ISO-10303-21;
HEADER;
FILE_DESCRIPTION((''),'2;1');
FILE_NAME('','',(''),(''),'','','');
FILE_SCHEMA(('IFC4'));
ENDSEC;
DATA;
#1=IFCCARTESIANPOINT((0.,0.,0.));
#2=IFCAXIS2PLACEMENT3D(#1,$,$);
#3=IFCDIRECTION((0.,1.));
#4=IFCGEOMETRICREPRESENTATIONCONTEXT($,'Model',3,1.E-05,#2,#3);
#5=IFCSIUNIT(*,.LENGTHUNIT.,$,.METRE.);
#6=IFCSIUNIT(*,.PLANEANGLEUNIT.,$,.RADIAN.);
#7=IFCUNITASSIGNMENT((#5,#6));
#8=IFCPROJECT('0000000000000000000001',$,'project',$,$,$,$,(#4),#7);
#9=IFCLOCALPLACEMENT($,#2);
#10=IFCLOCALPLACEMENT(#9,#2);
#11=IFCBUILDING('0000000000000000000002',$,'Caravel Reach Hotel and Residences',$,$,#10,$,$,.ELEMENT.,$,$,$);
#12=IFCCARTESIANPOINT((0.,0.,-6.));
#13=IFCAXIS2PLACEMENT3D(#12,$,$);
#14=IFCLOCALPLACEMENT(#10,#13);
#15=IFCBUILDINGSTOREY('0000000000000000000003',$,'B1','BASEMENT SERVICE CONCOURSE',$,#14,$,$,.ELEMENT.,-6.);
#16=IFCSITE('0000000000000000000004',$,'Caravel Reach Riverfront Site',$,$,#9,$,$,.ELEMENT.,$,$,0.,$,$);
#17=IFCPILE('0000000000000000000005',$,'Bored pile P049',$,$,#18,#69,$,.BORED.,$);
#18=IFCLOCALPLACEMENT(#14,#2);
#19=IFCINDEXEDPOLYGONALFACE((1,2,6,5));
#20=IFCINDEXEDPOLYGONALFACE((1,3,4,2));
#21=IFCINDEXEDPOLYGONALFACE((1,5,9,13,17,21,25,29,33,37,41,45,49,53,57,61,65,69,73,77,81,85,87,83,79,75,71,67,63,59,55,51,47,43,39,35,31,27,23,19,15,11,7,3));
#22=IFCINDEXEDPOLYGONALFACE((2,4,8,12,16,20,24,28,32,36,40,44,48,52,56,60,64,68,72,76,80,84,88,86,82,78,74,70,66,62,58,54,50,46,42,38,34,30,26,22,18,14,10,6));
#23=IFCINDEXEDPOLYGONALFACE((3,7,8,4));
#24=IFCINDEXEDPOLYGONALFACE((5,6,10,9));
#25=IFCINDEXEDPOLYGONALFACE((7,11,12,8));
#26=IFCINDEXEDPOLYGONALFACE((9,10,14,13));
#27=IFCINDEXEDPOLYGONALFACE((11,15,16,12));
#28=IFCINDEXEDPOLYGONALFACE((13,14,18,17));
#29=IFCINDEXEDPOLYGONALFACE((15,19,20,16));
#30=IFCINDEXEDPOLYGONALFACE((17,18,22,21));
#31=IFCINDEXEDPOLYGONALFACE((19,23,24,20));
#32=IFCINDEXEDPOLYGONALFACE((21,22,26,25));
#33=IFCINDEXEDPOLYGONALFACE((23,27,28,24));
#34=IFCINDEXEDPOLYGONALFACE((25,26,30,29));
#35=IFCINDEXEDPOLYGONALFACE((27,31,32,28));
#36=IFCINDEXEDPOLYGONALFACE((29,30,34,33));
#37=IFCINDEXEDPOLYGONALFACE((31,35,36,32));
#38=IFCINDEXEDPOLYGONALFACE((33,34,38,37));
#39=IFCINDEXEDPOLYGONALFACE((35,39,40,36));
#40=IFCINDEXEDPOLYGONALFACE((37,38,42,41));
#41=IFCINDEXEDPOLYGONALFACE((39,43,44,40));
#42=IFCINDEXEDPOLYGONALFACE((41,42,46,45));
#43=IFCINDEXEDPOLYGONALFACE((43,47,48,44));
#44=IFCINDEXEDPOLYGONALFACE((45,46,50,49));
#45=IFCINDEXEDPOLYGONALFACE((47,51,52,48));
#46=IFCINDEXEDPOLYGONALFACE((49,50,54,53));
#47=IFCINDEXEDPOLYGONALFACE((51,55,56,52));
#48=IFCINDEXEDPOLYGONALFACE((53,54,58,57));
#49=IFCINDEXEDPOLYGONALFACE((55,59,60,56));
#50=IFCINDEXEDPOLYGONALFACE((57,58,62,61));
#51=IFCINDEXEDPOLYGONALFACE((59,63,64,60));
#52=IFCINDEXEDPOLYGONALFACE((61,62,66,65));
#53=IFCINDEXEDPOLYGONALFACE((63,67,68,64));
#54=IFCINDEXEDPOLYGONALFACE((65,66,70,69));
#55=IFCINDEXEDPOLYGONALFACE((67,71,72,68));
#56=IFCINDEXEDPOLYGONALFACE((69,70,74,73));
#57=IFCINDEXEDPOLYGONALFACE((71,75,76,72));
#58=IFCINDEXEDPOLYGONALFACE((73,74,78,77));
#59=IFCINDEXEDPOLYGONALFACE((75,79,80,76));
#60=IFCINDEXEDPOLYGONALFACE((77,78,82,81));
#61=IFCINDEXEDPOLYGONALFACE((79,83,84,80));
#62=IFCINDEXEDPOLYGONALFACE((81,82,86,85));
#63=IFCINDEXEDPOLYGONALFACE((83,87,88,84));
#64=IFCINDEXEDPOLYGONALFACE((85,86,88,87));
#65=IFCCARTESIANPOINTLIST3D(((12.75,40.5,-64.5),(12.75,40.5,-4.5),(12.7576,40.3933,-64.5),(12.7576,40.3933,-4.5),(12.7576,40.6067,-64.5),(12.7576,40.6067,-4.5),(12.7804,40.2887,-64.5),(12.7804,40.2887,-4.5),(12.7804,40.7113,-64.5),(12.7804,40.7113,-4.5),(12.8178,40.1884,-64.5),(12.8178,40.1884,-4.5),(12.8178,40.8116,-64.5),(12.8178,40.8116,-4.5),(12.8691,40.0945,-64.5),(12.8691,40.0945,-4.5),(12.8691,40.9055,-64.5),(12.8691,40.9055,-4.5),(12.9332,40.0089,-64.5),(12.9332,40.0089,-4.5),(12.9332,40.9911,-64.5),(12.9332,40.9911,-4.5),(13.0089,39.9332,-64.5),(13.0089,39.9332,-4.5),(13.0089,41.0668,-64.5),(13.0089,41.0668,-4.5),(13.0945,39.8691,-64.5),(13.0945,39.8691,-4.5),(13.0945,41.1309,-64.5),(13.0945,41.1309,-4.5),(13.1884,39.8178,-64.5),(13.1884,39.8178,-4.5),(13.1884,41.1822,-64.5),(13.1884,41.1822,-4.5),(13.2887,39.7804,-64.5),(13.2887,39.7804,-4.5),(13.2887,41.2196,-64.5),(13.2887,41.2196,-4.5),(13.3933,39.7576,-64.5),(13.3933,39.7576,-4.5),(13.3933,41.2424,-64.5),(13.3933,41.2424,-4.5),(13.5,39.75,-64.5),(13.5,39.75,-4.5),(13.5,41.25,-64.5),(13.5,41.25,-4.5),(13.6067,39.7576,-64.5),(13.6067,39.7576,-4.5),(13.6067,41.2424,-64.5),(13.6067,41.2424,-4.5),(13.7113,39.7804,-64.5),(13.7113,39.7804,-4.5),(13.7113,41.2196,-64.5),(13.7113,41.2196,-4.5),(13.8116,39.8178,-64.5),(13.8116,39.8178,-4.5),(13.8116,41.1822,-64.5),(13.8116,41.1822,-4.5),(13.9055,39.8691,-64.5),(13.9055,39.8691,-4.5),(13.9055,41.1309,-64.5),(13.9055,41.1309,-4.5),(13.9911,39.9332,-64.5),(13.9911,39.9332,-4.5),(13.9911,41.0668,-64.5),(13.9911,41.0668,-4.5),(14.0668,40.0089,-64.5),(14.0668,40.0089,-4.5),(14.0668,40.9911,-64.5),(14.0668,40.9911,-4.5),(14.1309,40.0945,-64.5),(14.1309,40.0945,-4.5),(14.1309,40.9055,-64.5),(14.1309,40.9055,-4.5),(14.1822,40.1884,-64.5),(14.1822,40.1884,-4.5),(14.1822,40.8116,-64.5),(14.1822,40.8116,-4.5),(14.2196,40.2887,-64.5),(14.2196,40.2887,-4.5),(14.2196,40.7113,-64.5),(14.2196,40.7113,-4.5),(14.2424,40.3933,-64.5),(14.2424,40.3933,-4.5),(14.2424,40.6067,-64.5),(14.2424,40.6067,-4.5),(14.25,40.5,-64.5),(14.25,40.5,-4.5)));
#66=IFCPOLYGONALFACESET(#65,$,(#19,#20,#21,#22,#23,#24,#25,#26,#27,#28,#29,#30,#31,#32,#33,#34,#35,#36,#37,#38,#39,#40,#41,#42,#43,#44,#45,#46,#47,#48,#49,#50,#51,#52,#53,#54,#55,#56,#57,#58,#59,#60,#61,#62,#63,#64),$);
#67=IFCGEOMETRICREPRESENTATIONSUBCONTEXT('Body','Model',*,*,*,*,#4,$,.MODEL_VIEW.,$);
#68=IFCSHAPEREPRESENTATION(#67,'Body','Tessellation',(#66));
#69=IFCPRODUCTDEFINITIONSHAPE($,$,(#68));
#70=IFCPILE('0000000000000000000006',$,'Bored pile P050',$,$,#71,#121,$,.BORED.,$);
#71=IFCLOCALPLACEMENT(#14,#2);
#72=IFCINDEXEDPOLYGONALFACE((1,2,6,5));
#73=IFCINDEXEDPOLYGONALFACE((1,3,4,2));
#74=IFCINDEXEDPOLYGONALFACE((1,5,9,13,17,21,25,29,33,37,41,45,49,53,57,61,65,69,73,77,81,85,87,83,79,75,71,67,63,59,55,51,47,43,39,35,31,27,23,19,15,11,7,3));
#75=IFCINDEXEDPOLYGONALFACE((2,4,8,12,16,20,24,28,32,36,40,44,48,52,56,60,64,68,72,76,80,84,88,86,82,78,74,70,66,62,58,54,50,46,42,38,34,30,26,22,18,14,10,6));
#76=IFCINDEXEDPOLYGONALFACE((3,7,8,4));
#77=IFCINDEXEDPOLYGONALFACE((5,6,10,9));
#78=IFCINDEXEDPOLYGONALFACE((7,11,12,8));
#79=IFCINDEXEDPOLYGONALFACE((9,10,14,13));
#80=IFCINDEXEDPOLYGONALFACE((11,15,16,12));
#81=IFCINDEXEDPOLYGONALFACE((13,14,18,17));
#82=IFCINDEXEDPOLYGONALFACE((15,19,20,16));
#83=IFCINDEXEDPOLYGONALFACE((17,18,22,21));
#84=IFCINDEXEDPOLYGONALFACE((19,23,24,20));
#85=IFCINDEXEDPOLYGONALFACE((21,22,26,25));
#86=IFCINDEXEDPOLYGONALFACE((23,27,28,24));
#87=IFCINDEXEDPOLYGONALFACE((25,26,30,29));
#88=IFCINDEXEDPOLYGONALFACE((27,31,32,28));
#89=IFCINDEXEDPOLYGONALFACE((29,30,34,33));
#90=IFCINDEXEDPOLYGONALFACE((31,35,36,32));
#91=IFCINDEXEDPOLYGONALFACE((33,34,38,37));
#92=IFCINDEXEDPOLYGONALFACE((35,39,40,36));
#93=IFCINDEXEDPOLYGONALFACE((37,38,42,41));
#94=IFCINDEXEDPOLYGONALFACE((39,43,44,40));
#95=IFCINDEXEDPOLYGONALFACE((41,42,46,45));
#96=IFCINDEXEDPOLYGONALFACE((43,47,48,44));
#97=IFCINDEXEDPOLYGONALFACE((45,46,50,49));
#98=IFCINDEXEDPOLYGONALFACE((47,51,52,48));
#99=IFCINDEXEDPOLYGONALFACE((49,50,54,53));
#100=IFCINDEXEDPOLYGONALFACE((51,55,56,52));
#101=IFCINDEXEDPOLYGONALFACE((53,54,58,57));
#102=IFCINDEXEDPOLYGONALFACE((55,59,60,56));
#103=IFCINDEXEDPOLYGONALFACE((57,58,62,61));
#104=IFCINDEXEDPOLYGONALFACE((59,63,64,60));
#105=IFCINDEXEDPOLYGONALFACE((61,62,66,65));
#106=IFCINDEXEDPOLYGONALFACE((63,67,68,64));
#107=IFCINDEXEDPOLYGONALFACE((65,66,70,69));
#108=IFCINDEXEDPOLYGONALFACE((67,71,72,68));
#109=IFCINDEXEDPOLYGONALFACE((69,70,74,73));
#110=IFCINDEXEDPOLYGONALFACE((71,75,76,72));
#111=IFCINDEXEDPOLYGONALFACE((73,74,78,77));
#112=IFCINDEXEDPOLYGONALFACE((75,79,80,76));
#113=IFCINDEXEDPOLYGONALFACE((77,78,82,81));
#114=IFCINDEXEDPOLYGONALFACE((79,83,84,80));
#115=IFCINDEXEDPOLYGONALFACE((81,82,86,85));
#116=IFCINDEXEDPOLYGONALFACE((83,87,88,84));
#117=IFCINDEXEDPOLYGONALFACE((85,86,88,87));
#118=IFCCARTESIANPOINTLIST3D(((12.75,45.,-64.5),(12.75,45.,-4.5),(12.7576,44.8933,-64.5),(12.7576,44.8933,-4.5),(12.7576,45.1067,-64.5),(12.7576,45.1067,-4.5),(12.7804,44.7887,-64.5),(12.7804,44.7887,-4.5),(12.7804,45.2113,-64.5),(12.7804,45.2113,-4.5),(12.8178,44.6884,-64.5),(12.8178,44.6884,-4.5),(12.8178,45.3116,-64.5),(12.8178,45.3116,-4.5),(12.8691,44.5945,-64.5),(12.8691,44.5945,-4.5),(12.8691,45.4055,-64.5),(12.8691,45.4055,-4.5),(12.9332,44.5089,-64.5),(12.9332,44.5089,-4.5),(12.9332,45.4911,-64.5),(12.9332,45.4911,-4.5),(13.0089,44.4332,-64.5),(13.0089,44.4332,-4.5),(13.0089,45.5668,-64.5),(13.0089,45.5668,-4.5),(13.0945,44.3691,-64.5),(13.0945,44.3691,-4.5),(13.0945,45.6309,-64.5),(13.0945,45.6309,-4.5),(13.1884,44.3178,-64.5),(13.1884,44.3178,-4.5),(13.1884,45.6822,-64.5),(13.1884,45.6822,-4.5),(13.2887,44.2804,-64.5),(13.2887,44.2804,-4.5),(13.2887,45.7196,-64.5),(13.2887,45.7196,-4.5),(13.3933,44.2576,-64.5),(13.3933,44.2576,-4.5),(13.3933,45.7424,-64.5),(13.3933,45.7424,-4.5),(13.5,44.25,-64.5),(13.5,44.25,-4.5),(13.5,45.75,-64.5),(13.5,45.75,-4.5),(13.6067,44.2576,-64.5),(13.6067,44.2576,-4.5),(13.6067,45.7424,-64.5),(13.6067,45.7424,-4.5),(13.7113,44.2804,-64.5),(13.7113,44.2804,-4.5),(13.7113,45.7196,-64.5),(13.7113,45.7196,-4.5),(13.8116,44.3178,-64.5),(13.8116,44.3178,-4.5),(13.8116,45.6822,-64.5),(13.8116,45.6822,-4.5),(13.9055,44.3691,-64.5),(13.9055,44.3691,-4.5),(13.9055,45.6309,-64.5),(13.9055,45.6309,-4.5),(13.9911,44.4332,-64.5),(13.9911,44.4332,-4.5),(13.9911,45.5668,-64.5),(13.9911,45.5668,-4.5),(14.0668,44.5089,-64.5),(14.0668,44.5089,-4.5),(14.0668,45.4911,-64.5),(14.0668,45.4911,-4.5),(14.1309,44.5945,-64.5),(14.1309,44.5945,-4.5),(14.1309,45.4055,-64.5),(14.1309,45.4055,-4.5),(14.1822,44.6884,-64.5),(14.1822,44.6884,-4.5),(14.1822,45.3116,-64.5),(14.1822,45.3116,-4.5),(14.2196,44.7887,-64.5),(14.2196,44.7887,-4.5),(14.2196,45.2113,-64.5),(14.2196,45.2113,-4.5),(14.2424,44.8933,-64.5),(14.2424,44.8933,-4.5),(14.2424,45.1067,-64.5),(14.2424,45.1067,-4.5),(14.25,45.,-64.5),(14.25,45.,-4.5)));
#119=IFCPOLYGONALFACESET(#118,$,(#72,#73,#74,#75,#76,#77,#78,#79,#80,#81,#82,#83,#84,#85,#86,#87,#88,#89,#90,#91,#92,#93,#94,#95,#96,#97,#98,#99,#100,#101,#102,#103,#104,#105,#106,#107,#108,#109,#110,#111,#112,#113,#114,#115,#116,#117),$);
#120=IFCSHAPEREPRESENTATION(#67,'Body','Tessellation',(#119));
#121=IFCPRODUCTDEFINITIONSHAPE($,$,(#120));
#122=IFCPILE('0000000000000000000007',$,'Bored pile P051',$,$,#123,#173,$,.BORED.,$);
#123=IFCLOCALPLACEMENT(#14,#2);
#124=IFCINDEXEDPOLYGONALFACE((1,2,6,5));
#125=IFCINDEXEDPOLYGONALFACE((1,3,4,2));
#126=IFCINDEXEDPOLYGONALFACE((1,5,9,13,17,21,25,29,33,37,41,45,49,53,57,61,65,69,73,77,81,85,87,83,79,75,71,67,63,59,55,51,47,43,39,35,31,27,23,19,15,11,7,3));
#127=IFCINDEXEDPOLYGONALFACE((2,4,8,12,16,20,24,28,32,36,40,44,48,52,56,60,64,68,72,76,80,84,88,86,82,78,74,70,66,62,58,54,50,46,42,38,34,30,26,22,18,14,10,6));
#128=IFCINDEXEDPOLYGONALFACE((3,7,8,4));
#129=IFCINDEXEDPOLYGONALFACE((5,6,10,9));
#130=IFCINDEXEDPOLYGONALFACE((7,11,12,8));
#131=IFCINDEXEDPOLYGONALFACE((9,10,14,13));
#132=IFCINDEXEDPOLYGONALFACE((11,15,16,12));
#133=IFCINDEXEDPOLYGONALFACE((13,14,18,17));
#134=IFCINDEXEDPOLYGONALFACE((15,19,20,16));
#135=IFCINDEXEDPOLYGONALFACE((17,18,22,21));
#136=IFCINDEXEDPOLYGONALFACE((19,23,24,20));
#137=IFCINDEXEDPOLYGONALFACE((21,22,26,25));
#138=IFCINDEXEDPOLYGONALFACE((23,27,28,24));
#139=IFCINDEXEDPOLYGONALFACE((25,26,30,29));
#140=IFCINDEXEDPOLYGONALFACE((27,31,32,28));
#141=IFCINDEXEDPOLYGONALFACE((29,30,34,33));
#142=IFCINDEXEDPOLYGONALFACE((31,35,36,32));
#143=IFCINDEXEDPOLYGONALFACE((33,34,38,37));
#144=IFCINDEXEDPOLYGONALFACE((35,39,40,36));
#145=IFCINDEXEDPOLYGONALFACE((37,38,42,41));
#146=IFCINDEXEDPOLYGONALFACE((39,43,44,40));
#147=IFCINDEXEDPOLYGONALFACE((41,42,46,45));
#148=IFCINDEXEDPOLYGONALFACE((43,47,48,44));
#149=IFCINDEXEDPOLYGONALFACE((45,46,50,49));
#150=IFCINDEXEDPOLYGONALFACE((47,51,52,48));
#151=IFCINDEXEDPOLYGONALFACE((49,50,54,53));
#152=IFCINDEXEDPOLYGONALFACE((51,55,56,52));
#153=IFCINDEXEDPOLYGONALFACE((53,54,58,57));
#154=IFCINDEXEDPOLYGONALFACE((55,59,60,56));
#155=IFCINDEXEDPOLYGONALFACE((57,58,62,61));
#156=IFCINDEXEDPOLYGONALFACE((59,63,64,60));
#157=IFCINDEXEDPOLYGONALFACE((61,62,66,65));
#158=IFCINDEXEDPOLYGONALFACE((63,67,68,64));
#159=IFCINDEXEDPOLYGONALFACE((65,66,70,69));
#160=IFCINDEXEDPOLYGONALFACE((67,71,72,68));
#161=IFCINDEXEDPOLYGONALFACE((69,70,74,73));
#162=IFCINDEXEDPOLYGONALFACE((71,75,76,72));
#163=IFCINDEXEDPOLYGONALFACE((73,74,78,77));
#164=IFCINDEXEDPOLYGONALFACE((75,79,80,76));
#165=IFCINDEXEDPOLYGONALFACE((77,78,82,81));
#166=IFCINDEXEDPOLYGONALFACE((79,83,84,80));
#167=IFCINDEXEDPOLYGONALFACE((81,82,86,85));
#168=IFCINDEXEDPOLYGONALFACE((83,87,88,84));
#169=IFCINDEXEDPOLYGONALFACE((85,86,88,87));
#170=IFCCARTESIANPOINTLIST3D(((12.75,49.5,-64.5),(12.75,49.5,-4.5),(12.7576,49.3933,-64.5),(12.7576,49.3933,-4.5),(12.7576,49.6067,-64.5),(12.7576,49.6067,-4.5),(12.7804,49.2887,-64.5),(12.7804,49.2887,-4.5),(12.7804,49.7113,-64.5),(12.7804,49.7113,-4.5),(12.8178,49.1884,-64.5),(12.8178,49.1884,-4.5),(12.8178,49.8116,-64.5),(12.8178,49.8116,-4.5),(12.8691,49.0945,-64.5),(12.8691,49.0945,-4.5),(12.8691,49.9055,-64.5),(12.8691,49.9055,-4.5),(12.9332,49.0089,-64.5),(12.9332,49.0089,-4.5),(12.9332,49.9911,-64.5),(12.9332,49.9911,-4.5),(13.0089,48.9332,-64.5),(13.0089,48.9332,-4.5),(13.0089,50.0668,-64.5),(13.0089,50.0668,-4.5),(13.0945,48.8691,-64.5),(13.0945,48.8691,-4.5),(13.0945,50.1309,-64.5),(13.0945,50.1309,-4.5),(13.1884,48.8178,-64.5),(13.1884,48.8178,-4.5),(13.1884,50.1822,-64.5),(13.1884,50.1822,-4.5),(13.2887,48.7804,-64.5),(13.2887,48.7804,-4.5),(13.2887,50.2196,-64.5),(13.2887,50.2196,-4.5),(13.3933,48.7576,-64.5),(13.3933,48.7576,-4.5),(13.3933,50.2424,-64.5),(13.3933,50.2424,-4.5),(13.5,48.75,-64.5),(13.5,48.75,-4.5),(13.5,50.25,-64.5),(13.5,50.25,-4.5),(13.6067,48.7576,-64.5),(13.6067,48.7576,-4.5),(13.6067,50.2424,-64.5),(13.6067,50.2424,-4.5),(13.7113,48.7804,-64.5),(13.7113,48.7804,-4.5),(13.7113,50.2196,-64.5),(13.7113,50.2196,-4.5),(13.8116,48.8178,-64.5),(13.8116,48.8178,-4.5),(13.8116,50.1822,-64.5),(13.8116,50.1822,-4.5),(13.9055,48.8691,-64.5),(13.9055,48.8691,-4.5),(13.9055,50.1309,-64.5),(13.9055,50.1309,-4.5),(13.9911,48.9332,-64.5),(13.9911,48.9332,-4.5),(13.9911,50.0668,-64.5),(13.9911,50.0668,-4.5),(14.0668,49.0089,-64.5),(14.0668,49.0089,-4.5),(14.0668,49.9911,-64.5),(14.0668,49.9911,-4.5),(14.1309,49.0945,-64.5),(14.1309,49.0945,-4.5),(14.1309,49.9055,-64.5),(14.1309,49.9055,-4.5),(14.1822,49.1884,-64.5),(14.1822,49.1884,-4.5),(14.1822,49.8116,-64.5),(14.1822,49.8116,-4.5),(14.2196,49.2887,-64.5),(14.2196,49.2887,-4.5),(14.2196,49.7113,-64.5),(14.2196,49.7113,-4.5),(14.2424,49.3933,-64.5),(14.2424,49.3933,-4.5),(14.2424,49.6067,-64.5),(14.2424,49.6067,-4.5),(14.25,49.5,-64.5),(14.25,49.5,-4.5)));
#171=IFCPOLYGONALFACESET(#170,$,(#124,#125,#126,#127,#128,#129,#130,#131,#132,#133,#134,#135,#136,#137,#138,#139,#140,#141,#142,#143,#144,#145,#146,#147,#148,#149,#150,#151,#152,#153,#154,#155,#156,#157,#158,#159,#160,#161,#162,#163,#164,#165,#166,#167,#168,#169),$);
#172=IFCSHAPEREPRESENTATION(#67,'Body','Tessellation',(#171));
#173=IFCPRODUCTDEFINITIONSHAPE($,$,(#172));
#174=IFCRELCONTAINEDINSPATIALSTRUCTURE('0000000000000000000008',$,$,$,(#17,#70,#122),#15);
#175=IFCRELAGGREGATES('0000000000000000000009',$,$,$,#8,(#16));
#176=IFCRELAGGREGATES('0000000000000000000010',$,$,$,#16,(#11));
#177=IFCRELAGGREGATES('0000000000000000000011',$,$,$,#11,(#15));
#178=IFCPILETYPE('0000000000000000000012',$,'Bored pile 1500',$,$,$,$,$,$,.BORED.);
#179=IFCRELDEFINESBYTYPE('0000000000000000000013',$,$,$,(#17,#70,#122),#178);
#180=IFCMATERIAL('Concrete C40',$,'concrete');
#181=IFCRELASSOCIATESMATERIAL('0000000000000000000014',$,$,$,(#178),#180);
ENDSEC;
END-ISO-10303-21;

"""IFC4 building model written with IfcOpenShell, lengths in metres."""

from ifc_helpers import new_model, si_unit, direction, frame, origin, origin_2d, place, context, subcontext, project, spatial, circle, extrude, material, material_profile, profile_set, type_object, element, save


model = new_model("IFC4")

# Units and contexts
model_context = context("Model", 3, precision=1e-05, world=origin(), true_north=direction((0.0, 1.0)))
body_context = subcontext(model_context, "Body", "Model", "MODEL_VIEW")
ifc_project = project(units=[si_unit("LENGTHUNIT", "METRE"), si_unit("PLANEANGLEUNIT", "RADIAN")], contexts=[model_context])

# Site, building, storey
site_placement = place(None, origin())
site = spatial("IfcSite", under=ifc_project, at=site_placement, Name="Caravel Reach Riverfront Site", CompositionType="ELEMENT", RefElevation=0.0)
building_placement = place(site_placement, origin())
building = spatial("IfcBuilding", under=site, at=building_placement, Name="Caravel Reach Hotel and Residences", CompositionType="ELEMENT")
storey_placement = place(building_placement, frame((0.0, 0.0, -6.0)))
storey = spatial("IfcBuildingStorey", under=building, at=storey_placement, Name="B1", Description="BASEMENT SERVICE CONCOURSE", CompositionType="ELEMENT", Elevation=-6.0)

# Piles
ifc_material_1 = material(Name="Concrete C40", Category="concrete")
ifc_material_profile_1 = material_profile(ifc_material_1, circle(Radius=0.75, at=origin_2d()), Name="PILE 1500")
ifc_profile_set_1 = profile_set([ifc_material_profile_1], Name="Concrete C40")
pile_type = type_object("IfcPileType", Name="Bored pile 1500", PredefinedType="BORED", material=ifc_profile_set_1)
for number, where, z_axis, x_axis, name in (
    (1, (13.5, 40.5, -4.5), (0.0, 0.0, -1.0), (1.0, 0.0, 0.0), "Bored pile P049"),
    (2, (13.5, 45.0, -4.5), (0.0, 0.0, -1.0), (1.0, 0.0, 0.0), "Bored pile P050"),
    (3, (13.5, 49.5, -4.5), (0.0, 0.0, -1.0), (1.0, 0.0, 0.0), "Bored pile P051"),
):
    element("IfcPile", number, at=place(storey_placement, frame(where, z_axis=z_axis, x_axis=x_axis)), inside=storey, type_object=pile_type, Name=name, PredefinedType="BORED", context=body_context, shape_type="SweptSolid", body=[
        extrude(circle(Radius=0.75, at=origin_2d()), origin(), (0.0, 0.0, 1.0), 60.0),
    ])

save(model, "model.ifc")
